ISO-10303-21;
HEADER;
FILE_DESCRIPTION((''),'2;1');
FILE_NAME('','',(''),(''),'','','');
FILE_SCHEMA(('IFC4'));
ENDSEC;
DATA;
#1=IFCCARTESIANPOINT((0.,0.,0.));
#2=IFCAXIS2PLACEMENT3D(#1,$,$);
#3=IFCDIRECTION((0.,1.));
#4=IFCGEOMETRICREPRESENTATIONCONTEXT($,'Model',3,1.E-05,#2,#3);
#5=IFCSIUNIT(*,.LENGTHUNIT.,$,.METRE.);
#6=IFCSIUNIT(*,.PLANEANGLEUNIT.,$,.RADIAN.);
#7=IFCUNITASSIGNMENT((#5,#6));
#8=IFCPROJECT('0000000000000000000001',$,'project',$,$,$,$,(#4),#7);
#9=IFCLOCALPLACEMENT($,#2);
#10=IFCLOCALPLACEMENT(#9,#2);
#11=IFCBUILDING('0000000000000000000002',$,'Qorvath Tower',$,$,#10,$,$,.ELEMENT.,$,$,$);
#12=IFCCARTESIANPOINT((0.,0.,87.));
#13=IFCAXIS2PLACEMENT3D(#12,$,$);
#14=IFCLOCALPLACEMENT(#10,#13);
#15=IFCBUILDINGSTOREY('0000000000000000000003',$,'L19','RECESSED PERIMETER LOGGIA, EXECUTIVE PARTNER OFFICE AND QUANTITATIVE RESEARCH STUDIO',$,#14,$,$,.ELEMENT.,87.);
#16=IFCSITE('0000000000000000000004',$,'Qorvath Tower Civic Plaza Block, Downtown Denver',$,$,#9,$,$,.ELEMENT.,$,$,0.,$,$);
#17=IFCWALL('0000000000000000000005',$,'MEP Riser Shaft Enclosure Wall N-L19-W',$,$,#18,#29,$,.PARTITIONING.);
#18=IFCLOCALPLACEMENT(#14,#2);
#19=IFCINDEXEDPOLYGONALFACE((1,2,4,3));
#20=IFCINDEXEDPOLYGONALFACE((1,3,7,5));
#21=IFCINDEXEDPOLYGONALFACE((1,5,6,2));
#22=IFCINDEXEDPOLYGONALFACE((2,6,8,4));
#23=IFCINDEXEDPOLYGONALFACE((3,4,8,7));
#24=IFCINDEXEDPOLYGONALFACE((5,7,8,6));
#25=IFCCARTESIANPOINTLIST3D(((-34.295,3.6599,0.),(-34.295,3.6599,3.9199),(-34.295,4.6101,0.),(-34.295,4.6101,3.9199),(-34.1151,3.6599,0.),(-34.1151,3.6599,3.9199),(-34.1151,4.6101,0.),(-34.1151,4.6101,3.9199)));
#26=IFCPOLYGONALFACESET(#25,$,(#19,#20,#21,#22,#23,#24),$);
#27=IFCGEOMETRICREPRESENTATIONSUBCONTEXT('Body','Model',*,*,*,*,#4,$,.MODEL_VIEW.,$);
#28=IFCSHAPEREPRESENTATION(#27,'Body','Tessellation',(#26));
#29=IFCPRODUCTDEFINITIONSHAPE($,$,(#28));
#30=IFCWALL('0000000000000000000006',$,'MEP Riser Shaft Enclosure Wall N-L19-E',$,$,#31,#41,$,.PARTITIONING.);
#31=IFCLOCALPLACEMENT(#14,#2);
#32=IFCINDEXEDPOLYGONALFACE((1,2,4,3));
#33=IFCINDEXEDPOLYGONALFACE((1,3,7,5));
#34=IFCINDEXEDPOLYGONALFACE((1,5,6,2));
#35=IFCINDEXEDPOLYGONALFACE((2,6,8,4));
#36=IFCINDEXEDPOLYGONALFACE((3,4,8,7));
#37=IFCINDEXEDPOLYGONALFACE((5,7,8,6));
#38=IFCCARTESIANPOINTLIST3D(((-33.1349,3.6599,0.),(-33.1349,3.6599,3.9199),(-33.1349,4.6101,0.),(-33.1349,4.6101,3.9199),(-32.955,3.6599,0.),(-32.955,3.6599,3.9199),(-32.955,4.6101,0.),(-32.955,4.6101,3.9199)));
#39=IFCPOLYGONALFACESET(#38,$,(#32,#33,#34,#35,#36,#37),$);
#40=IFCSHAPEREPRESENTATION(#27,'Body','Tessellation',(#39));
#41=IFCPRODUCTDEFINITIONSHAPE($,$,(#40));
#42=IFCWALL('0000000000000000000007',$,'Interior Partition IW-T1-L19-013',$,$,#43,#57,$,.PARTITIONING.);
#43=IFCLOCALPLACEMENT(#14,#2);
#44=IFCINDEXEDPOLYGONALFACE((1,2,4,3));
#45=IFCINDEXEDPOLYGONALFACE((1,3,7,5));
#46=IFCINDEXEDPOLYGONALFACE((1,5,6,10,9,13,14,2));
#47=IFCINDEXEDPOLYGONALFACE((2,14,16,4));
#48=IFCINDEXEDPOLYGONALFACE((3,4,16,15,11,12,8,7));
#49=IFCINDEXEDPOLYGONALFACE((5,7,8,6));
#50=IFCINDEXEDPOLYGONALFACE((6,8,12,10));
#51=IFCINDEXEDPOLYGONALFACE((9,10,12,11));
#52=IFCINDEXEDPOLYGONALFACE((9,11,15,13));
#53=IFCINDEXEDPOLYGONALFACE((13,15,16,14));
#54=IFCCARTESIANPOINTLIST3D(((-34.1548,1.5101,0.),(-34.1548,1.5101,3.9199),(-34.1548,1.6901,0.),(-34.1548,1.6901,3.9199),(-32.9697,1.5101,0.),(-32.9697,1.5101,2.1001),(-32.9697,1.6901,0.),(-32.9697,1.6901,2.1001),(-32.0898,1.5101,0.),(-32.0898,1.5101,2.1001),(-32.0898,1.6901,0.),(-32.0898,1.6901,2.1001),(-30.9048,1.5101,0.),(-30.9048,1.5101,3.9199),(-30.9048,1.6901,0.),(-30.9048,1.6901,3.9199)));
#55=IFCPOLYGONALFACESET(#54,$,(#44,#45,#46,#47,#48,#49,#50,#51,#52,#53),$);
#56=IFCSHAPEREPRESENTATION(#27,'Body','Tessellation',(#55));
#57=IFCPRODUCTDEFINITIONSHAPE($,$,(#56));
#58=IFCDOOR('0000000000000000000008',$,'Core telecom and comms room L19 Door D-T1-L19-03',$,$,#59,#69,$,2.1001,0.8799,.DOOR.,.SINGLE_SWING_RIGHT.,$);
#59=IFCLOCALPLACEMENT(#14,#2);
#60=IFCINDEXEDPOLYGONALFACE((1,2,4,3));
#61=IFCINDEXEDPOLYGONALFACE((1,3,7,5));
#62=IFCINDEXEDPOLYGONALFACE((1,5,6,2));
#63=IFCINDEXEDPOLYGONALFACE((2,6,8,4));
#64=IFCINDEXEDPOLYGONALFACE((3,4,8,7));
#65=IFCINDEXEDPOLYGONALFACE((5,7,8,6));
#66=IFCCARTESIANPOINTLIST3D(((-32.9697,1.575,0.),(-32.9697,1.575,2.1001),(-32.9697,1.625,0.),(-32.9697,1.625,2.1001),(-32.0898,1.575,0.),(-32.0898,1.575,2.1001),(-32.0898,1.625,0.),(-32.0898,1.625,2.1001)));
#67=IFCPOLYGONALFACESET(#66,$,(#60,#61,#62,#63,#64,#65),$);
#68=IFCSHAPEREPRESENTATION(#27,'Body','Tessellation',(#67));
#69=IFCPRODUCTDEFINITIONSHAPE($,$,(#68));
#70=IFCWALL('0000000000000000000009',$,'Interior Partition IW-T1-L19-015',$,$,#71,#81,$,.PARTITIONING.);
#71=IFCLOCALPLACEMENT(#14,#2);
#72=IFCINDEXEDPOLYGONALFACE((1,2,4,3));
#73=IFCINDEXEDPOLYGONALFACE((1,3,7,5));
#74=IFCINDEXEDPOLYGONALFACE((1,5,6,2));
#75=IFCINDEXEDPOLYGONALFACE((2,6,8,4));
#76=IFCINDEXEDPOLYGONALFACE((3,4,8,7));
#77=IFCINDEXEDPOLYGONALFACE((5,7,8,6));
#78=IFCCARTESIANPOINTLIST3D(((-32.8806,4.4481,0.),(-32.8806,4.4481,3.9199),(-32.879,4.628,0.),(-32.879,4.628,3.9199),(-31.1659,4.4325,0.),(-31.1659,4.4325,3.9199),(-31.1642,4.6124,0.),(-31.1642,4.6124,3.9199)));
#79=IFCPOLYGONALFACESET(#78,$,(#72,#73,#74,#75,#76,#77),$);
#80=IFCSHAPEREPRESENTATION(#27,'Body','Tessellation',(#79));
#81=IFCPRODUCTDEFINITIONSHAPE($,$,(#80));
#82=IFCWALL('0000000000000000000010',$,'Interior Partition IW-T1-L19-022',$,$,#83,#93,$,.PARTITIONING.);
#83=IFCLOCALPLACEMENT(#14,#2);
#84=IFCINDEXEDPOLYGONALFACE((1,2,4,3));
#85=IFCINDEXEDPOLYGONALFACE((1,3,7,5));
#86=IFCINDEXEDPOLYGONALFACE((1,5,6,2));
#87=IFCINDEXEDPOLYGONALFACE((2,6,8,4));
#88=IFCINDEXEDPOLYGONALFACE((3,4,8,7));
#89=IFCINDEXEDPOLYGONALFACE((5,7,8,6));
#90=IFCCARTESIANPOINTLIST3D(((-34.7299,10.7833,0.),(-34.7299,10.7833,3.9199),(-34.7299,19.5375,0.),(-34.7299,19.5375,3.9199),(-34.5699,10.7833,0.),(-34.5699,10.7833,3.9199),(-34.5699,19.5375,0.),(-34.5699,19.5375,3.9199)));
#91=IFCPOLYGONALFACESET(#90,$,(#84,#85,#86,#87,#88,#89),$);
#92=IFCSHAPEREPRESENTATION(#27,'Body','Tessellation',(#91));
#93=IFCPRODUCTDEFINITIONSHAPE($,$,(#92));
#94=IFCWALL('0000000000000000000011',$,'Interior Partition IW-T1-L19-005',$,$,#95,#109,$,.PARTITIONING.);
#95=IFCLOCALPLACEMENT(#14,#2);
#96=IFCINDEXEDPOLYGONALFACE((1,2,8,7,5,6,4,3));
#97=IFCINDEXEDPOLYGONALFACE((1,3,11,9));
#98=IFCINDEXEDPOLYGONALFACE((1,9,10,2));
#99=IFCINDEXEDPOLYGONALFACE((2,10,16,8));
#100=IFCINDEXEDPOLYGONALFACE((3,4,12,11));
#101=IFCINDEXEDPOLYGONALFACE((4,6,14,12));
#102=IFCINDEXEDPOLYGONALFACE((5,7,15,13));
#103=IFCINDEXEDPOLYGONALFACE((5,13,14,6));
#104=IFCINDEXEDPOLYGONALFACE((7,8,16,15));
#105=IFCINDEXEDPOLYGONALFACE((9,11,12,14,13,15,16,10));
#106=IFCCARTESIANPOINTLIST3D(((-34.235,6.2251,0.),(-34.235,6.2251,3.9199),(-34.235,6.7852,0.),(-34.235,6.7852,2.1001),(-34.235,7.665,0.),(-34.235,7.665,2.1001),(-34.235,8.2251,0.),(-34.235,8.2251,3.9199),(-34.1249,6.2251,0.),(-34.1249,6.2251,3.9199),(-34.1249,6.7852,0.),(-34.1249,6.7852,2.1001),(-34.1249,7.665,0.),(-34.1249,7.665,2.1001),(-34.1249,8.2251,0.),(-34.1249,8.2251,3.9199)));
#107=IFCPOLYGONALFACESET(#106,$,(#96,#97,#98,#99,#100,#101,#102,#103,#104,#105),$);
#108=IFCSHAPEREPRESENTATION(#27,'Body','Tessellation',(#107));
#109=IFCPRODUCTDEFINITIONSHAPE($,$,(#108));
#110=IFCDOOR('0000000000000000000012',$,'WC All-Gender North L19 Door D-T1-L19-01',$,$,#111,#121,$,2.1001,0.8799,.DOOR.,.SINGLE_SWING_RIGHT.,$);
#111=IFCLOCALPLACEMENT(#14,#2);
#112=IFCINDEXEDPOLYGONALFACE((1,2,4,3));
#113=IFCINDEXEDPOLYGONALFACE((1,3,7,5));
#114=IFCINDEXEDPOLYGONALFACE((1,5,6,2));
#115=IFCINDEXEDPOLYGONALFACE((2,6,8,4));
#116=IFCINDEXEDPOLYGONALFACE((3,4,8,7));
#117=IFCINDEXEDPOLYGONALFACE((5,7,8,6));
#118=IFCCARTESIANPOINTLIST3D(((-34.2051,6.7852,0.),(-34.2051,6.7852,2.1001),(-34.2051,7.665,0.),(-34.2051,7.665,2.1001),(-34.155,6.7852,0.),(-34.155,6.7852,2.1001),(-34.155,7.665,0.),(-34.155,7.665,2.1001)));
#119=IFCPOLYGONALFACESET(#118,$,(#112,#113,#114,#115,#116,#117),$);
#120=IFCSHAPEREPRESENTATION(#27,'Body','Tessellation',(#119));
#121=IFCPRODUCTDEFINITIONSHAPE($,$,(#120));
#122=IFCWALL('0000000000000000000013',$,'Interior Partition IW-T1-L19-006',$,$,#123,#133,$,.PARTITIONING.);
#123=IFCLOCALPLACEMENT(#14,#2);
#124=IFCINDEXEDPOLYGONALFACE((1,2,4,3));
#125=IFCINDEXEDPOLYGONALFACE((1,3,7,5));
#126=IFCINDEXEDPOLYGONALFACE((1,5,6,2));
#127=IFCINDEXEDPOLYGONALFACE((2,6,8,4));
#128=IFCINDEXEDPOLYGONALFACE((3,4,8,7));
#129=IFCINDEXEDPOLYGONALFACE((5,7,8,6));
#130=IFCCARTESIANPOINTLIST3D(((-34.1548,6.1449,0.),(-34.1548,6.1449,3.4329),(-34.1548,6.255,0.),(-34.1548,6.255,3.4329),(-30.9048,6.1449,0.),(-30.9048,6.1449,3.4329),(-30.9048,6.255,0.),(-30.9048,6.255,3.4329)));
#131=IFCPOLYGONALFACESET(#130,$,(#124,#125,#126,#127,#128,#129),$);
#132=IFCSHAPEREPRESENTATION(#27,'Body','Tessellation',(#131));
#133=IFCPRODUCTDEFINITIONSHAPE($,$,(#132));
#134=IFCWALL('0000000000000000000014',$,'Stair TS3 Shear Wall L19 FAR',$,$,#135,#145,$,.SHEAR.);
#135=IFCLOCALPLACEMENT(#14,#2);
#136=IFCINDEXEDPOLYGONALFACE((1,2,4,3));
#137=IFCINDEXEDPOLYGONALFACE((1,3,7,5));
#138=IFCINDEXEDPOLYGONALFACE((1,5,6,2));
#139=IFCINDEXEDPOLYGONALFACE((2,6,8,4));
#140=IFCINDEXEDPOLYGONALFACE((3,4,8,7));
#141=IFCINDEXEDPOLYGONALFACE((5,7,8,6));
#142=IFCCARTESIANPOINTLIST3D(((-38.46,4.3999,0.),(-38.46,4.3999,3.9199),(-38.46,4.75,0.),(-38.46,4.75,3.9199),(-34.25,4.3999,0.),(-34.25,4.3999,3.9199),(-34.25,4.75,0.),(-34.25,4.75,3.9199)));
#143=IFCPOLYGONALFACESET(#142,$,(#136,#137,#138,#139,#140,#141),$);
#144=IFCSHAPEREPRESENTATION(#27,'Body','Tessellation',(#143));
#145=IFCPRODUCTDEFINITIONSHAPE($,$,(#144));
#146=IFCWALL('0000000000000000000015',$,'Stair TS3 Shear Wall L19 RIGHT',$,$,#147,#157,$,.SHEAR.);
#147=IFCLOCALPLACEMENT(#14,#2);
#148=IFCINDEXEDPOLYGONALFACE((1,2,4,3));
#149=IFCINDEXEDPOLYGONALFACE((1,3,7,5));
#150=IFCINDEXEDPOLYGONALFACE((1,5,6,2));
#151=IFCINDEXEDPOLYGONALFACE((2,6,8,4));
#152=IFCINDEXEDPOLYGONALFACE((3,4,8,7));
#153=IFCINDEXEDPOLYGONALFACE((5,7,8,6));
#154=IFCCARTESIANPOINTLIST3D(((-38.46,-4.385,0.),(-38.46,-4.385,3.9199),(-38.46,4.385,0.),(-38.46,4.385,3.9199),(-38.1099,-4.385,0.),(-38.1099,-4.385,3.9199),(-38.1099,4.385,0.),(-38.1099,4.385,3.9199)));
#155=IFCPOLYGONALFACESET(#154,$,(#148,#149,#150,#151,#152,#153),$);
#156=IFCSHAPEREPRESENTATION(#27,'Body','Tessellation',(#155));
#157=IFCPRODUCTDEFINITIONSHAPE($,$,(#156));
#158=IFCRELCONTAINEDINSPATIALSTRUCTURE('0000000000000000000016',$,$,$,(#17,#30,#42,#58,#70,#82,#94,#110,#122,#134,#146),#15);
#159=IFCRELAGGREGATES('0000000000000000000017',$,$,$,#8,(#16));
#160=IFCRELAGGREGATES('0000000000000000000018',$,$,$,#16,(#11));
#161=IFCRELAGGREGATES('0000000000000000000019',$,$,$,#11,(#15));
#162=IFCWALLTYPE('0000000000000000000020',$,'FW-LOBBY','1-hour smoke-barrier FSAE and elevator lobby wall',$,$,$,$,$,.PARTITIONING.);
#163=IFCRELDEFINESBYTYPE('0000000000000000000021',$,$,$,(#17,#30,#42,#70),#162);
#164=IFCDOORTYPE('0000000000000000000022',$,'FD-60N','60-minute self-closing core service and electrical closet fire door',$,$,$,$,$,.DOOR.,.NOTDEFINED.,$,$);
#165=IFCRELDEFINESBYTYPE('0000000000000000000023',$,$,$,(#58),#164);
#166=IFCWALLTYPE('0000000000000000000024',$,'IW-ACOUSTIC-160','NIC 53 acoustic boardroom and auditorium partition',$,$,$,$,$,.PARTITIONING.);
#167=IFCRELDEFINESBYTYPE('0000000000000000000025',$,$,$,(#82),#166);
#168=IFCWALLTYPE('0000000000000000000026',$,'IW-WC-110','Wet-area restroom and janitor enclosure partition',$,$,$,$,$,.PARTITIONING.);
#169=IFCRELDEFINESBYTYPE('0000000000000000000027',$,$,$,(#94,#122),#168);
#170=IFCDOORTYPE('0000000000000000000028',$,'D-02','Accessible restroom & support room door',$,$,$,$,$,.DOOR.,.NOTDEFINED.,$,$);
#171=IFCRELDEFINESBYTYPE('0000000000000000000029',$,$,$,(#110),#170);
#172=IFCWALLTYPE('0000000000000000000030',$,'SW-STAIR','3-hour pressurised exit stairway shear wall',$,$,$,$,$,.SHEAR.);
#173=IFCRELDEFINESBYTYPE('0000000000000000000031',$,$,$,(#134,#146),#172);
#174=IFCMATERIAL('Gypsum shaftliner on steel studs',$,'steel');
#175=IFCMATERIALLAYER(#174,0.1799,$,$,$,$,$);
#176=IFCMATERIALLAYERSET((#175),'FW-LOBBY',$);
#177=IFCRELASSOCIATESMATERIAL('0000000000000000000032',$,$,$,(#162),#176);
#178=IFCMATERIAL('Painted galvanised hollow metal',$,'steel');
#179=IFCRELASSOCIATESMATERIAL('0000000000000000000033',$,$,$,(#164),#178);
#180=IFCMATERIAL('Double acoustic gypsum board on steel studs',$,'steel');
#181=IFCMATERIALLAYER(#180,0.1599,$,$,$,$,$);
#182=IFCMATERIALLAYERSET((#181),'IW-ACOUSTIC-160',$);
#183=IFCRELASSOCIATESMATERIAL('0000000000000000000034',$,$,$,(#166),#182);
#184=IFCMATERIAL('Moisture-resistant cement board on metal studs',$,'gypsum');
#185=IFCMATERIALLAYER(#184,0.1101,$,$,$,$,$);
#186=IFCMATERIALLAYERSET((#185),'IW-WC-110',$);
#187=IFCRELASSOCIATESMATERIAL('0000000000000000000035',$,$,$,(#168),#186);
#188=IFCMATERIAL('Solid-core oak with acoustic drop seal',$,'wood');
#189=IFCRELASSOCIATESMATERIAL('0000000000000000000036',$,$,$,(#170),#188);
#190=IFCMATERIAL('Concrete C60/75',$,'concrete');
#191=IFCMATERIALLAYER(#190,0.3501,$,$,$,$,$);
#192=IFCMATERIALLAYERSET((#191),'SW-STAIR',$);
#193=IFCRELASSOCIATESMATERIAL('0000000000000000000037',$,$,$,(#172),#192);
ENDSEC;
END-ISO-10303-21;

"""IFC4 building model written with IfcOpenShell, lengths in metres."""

from ifc_helpers import new_model, si_unit, direction, frame, frame_2d, origin, place, context, subcontext, project, spatial, rectangle, extrude, material, layer, layer_set, type_object, element, fill, save


model = new_model("IFC4")

# Units and contexts
model_context = context("Model", 3, precision=1e-05, world=origin(), true_north=direction((0.0, 1.0)))
body_context = subcontext(model_context, "Body", "Model", "MODEL_VIEW")
ifc_project = project(units=[si_unit("LENGTHUNIT", "METRE"), si_unit("PLANEANGLEUNIT", "RADIAN")], contexts=[model_context])

# Site, building, storey
site_placement = place(None, origin())
site = spatial("IfcSite", under=ifc_project, at=site_placement, Name="Qorvath Tower Civic Plaza Block, Downtown Denver", CompositionType="ELEMENT", RefElevation=0.0)
building_placement = place(site_placement, origin())
building = spatial("IfcBuilding", under=site, at=building_placement, Name="Qorvath Tower", CompositionType="ELEMENT")
storey_placement = place(building_placement, frame((0.0, 0.0, 87.0)))
storey = spatial("IfcBuildingStorey", under=building, at=storey_placement, Name="L19", Description="RECESSED PERIMETER LOGGIA, EXECUTIVE PARTNER OFFICE AND QUANTITATIVE RESEARCH STUDIO", CompositionType="ELEMENT", Elevation=87.0)

# Walls
ifc_material_1 = material(Name="Gypsum shaftliner on steel studs", Category="steel")
ifc_layer_1 = layer(ifc_material_1, 0.1799)
ifc_layer_set_1 = layer_set([ifc_layer_1], Name="FW-LOBBY")
wall_type_1 = type_object("IfcWallType", Name="FW-LOBBY", Description="1-hour smoke-barrier FSAE and elevator lobby wall", PredefinedType="PARTITIONING", material=ifc_layer_set_1)
for number, where, z_axis, x_axis, name in (
    (1, (-34.2051, 3.6599, 0.0), (0.0, 0.0, 1.0), (0.0, 1.0, 0.0), "MEP Riser Shaft Enclosure Wall N-L19-W"),
    (2, (-33.0449, 4.6101, 0.0), (0.0, 0.0, 1.0), (0.0, -1.0, 0.0), "MEP Riser Shaft Enclosure Wall N-L19-E"),
):
    element("IfcWall", number, at=place(storey_placement, frame(where, z_axis=z_axis, x_axis=x_axis)), inside=storey, type_object=wall_type_1, Name=name, PredefinedType="PARTITIONING", context=body_context, shape_type="SweptSolid", body=[
        extrude(rectangle(XDim=0.9502, YDim=0.1799, at=frame_2d((0.4751, 0.0))), origin(), (0.0, 0.0, 1.0), 3.9199),
    ])

# Wall, opening, door
wall_1_placement = place(storey_placement, frame((-34.1548, 1.6001, 0.0), z_axis=(0.0, 0.0, 1.0), x_axis=(1.0, 0.0, 0.0)))
wall_1 = element("IfcWall", 3, at=wall_1_placement, inside=storey, type_object=wall_type_1, Name="Interior Partition IW-T1-L19-013", PredefinedType="PARTITIONING", context=body_context, shape_type="SweptSolid", body=[
    extrude(rectangle(XDim=3.25, YDim=0.1799, at=frame_2d((1.625, 0.0))), origin(), (0.0, 0.0, 1.0), 3.9199),
])
opening_1_placement = place(wall_1_placement, frame((1.1851, 0.0, 0.0)))
opening_1 = element("IfcOpeningElement", 4, at=opening_1_placement, cuts=wall_1, PredefinedType="OPENING", context=body_context, shape_type="SweptSolid", body=[
    extrude(rectangle(XDim=0.8799, YDim=2.1001, at=frame_2d((0.4399, 1.05))), frame((0.0, 0.1001, 0.0), z_axis=(0.0, -1.0, 0.0), x_axis=(1.0, 0.0, 0.0)), (0.0, 0.0, 1.0), 0.2),
])
ifc_material_2 = material(Name="Painted galvanised hollow metal", Category="steel")
door_type_1 = type_object("IfcDoorType", Name="FD-60N", Description="60-minute self-closing core service and electrical closet fire door", OperationType="NOTDEFINED", PredefinedType="DOOR", material=ifc_material_2)
door_1_placement = place(opening_1_placement, origin())
door_1 = element("IfcDoor", 5, at=door_1_placement, inside=storey, type_object=door_type_1, Name="Core telecom and comms room L19 Door D-T1-L19-03", OperationType="SINGLE_SWING_RIGHT", OverallHeight=2.1001, OverallWidth=0.8799, PredefinedType="DOOR", context=body_context, shape_type="SweptSolid", body=[
    extrude(rectangle(XDim=0.8799, YDim=2.1001, at=frame_2d((0.4399, 1.05))), frame((0.0, 0.0249, 0.0), z_axis=(0.0, -1.0, 0.0), x_axis=(1.0, 0.0, 0.0)), (0.0, 0.0, 1.0), 0.05),
])
fill(opening_1, door_1)

# Wall
wall_2_placement = place(storey_placement, frame((-31.165, 4.5225, 0.0), z_axis=(0.0, 0.0, 1.0), x_axis=(-0.999958, 0.009111, 0.0)))
element("IfcWall", 6, at=wall_2_placement, inside=storey, type_object=wall_type_1, Name="Interior Partition IW-T1-L19-015", PredefinedType="PARTITIONING", context=body_context, shape_type="SweptSolid", body=[
    extrude(rectangle(XDim=1.7148, YDim=0.1799, at=frame_2d((0.8574, 0.0))), origin(), (0.0, 0.0, 1.0), 3.9199),
])

# Shared definitions
ifc_material_3 = material(Name="Double acoustic gypsum board on steel studs", Category="steel")
ifc_layer_2 = layer(ifc_material_3, 0.1599)
ifc_layer_set_2 = layer_set([ifc_layer_2], Name="IW-ACOUSTIC-160")
wall_type_2 = type_object("IfcWallType", Name="IW-ACOUSTIC-160", Description="NIC 53 acoustic boardroom and auditorium partition", PredefinedType="PARTITIONING", material=ifc_layer_set_2)

# Wall
wall_3_placement = place(storey_placement, frame((-34.6499, 19.5374, 0.0), z_axis=(0.0, 0.0, 1.0), x_axis=(0.0, -1.0, 0.0)))
element("IfcWall", 7, at=wall_3_placement, inside=storey, type_object=wall_type_2, Name="Interior Partition IW-T1-L19-022", PredefinedType="PARTITIONING", context=body_context, shape_type="SweptSolid", body=[
    extrude(rectangle(XDim=8.7542, YDim=0.1599, at=frame_2d((4.377, 0.0))), origin(), (0.0, 0.0, 1.0), 3.9199),
])

# Wall, opening, door
ifc_material_4 = material(Name="Moisture-resistant cement board on metal studs", Category="gypsum")
ifc_layer_3 = layer(ifc_material_4, 0.1101)
ifc_layer_set_3 = layer_set([ifc_layer_3], Name="IW-WC-110")
wall_type_3 = type_object("IfcWallType", Name="IW-WC-110", Description="Wet-area restroom and janitor enclosure partition", PredefinedType="PARTITIONING", material=ifc_layer_set_3)
wall_4_placement = place(storey_placement, frame((-34.1799, 8.2251, 0.0), z_axis=(0.0, 0.0, 1.0), x_axis=(0.0, -1.0, 0.0)))
wall_4 = element("IfcWall", 8, at=wall_4_placement, inside=storey, type_object=wall_type_3, Name="Interior Partition IW-T1-L19-005", PredefinedType="PARTITIONING", context=body_context, shape_type="SweptSolid", body=[
    extrude(rectangle(XDim=2.0, YDim=0.1101, at=frame_2d((1.0, 0.0))), origin(), (0.0, 0.0, 1.0), 3.9199),
])
opening_2_placement = place(wall_4_placement, frame((0.5601, 0.0, 0.0)))
opening_2 = element("IfcOpeningElement", 9, at=opening_2_placement, cuts=wall_4, PredefinedType="OPENING", context=body_context, shape_type="SweptSolid", body=[
    extrude(rectangle(XDim=0.8799, YDim=2.1001, at=frame_2d((0.4399, 1.05))), frame((0.0, 0.0649, 0.0), z_axis=(0.0, -1.0, 0.0), x_axis=(1.0, 0.0, 0.0)), (0.0, 0.0, 1.0), 0.1301),
])
ifc_material_5 = material(Name="Solid-core oak with acoustic drop seal", Category="wood")
door_type_2 = type_object("IfcDoorType", Name="D-02", Description="Accessible restroom & support room door", OperationType="NOTDEFINED", PredefinedType="DOOR", material=ifc_material_5)
door_2_placement = place(opening_2_placement, origin())
door_2 = element("IfcDoor", 10, at=door_2_placement, inside=storey, type_object=door_type_2, Name="WC All-Gender North L19 Door D-T1-L19-01", OperationType="SINGLE_SWING_RIGHT", OverallHeight=2.1001, OverallWidth=0.8799, PredefinedType="DOOR", context=body_context, shape_type="SweptSolid", body=[
    extrude(rectangle(XDim=0.8799, YDim=2.1001, at=frame_2d((0.4399, 1.05))), frame((0.0, 0.0249, 0.0), z_axis=(0.0, -1.0, 0.0), x_axis=(1.0, 0.0, 0.0)), (0.0, 0.0, 1.0), 0.05),
])
fill(opening_2, door_2)

# Walls
wall_5_placement = place(storey_placement, frame((-34.1548, 6.2, 0.0), z_axis=(0.0, 0.0, 1.0), x_axis=(1.0, 0.0, 0.0)))
element("IfcWall", 11, at=wall_5_placement, inside=storey, type_object=wall_type_3, Name="Interior Partition IW-T1-L19-006", PredefinedType="PARTITIONING", context=body_context, shape_type="SweptSolid", body=[
    extrude(rectangle(XDim=3.25, YDim=0.1101, at=frame_2d((1.625, 0.0))), origin(), (0.0, 0.0, 1.0), 3.4329),
])
ifc_material_6 = material(Name="Concrete C60/75", Category="concrete")
ifc_layer_4 = layer(ifc_material_6, 0.3501)
ifc_layer_set_4 = layer_set([ifc_layer_4], Name="SW-STAIR")
wall_type_4 = type_object("IfcWallType", Name="SW-STAIR", Description="3-hour pressurised exit stairway shear wall", PredefinedType="SHEAR", material=ifc_layer_set_4)
wall_6_placement = place(storey_placement, frame((-34.25, 4.575, 0.0), z_axis=(0.0, 0.0, 1.0), x_axis=(-1.0, 0.0, 0.0)))
element("IfcWall", 12, at=wall_6_placement, inside=storey, type_object=wall_type_4, Name="Stair TS3 Shear Wall L19 FAR", PredefinedType="SHEAR", context=body_context, shape_type="SweptSolid", body=[
    extrude(rectangle(XDim=4.21, YDim=0.3501, at=frame_2d((2.105, 0.0))), origin(), (0.0, 0.0, 1.0), 3.9199),
])
wall_7_placement = place(storey_placement, frame((-38.2849, 4.385, 0.0), z_axis=(0.0, 0.0, 1.0), x_axis=(0.0, -1.0, 0.0)))
element("IfcWall", 13, at=wall_7_placement, inside=storey, type_object=wall_type_4, Name="Stair TS3 Shear Wall L19 RIGHT", PredefinedType="SHEAR", context=body_context, shape_type="SweptSolid", body=[
    extrude(rectangle(XDim=8.77, YDim=0.3501, at=frame_2d((4.385, 0.0))), origin(), (0.0, 0.0, 1.0), 3.9199),
])

save(model, "model.ifc")
